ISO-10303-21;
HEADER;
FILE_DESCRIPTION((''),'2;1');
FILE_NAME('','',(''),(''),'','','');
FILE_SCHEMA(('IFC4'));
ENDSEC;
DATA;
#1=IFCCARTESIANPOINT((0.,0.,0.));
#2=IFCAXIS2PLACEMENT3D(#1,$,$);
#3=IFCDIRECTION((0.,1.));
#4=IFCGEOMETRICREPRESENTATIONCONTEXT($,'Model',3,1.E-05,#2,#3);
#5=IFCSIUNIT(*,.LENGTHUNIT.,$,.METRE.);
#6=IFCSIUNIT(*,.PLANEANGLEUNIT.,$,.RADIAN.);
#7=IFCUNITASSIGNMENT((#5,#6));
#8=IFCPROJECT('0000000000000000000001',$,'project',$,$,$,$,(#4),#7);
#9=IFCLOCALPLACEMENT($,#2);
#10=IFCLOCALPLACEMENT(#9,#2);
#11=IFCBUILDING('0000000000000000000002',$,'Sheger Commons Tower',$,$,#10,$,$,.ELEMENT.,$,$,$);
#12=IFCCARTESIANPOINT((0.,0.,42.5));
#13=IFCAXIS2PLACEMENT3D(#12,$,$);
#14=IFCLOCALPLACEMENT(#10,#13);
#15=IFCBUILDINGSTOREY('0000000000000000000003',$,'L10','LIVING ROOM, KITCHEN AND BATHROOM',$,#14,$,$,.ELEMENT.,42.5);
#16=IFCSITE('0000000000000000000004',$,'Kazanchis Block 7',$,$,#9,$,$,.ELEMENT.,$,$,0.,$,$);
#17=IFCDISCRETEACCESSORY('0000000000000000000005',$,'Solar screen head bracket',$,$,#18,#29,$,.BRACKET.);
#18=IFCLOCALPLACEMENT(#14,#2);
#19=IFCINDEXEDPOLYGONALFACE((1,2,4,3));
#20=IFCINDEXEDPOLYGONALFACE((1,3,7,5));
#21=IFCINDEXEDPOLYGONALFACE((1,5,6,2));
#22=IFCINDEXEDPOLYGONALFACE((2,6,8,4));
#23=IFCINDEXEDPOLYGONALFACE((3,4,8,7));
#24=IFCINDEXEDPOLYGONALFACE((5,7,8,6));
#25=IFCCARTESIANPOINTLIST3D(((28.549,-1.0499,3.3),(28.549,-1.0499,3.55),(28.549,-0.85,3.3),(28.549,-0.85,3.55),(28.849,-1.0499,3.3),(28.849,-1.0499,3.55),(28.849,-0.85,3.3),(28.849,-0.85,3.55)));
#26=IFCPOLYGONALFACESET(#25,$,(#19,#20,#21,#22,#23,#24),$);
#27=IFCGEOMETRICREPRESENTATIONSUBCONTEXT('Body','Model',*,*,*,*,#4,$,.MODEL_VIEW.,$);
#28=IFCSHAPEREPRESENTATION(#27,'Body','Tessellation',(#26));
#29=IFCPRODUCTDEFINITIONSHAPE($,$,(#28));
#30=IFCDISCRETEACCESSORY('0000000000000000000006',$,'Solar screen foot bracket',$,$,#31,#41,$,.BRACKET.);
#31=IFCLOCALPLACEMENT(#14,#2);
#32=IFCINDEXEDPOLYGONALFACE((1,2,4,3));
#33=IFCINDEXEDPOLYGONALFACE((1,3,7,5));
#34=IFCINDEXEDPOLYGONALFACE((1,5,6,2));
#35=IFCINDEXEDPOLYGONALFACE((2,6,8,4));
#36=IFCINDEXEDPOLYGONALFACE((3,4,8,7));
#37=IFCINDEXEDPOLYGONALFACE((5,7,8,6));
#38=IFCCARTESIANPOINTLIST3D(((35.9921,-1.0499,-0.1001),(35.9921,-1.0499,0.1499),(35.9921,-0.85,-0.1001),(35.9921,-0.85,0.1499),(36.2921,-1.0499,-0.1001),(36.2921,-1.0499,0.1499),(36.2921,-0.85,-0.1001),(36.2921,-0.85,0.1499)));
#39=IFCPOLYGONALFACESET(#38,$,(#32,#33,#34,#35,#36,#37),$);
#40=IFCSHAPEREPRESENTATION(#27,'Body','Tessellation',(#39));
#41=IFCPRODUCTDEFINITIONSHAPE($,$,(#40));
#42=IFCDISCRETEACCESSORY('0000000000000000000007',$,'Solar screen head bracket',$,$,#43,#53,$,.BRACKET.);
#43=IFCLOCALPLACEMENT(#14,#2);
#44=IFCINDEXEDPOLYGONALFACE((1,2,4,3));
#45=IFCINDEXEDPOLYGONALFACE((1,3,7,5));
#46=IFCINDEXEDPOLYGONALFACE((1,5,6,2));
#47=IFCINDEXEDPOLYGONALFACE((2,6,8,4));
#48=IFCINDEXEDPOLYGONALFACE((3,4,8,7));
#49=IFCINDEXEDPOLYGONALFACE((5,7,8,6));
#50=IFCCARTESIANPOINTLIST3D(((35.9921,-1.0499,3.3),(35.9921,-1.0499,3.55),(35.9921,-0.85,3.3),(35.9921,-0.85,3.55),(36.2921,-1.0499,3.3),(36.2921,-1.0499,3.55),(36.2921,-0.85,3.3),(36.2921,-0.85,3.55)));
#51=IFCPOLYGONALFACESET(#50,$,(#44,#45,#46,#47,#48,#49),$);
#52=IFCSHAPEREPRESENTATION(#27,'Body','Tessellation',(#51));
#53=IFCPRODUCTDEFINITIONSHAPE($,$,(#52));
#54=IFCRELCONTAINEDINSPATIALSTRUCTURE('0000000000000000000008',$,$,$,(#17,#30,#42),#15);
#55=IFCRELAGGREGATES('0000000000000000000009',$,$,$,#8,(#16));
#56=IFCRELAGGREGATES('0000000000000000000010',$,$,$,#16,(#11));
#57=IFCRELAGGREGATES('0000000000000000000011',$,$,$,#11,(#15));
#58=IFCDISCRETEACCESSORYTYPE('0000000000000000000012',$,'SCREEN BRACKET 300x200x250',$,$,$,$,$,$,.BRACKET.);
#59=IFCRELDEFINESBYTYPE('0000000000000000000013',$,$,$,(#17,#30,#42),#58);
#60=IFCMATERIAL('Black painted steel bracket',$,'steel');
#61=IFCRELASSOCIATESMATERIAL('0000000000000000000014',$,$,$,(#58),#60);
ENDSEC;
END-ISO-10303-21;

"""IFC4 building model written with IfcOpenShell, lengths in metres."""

from ifc_helpers import new_model, si_unit, direction, frame, origin, origin_2d, place, context, subcontext, project, spatial, rectangle, extrude, material, type_object, element, save


model = new_model("IFC4")

# Units and contexts
model_context = context("Model", 3, precision=1e-05, world=origin(), true_north=direction((0.0, 1.0)))
body_context = subcontext(model_context, "Body", "Model", "MODEL_VIEW")
ifc_project = project(units=[si_unit("LENGTHUNIT", "METRE"), si_unit("PLANEANGLEUNIT", "RADIAN")], contexts=[model_context])

# Site, building, storey
site_placement = place(None, origin())
site = spatial("IfcSite", under=ifc_project, at=site_placement, Name="Kazanchis Block 7", CompositionType="ELEMENT", RefElevation=0.0)
building_placement = place(site_placement, origin())
building = spatial("IfcBuilding", under=site, at=building_placement, Name="Sheger Commons Tower", CompositionType="ELEMENT")
storey_placement = place(building_placement, frame((0.0, 0.0, 42.5)))
storey = spatial("IfcBuildingStorey", under=building, at=storey_placement, Name="L10", Description="LIVING ROOM, KITCHEN AND BATHROOM", CompositionType="ELEMENT", Elevation=42.5)

# Discrete accessories
ifc_material_1 = material(Name="Black painted steel bracket", Category="steel")
discrete_accessory_type = type_object("IfcDiscreteAccessoryType", Name="SCREEN BRACKET 300x200x250", PredefinedType="BRACKET", material=ifc_material_1)
for number, where, z_axis, x_axis, name in (
    (1, (28.699, -0.95, 3.3), (0.0, 0.0, 1.0), (1.0, 0.0, 0.0), "Solar screen head bracket"),
    (2, (36.1421, -0.95, -0.1001), (0.0, 0.0, 1.0), (1.0, 0.0, 0.0), "Solar screen foot bracket"),
    (3, (36.1421, -0.95, 3.3), (0.0, 0.0, 1.0), (1.0, 0.0, 0.0), "Solar screen head bracket"),
):
    element("IfcDiscreteAccessory", number, at=place(storey_placement, frame(where, z_axis=z_axis, x_axis=x_axis)), inside=storey, type_object=discrete_accessory_type, Name=name, PredefinedType="BRACKET", context=body_context, shape_type="SweptSolid", body=[
        extrude(rectangle(XDim=0.3, YDim=0.2, at=origin_2d()), origin(), (0.0, 0.0, 1.0), 0.25),
    ])

save(model, "model.ifc")
